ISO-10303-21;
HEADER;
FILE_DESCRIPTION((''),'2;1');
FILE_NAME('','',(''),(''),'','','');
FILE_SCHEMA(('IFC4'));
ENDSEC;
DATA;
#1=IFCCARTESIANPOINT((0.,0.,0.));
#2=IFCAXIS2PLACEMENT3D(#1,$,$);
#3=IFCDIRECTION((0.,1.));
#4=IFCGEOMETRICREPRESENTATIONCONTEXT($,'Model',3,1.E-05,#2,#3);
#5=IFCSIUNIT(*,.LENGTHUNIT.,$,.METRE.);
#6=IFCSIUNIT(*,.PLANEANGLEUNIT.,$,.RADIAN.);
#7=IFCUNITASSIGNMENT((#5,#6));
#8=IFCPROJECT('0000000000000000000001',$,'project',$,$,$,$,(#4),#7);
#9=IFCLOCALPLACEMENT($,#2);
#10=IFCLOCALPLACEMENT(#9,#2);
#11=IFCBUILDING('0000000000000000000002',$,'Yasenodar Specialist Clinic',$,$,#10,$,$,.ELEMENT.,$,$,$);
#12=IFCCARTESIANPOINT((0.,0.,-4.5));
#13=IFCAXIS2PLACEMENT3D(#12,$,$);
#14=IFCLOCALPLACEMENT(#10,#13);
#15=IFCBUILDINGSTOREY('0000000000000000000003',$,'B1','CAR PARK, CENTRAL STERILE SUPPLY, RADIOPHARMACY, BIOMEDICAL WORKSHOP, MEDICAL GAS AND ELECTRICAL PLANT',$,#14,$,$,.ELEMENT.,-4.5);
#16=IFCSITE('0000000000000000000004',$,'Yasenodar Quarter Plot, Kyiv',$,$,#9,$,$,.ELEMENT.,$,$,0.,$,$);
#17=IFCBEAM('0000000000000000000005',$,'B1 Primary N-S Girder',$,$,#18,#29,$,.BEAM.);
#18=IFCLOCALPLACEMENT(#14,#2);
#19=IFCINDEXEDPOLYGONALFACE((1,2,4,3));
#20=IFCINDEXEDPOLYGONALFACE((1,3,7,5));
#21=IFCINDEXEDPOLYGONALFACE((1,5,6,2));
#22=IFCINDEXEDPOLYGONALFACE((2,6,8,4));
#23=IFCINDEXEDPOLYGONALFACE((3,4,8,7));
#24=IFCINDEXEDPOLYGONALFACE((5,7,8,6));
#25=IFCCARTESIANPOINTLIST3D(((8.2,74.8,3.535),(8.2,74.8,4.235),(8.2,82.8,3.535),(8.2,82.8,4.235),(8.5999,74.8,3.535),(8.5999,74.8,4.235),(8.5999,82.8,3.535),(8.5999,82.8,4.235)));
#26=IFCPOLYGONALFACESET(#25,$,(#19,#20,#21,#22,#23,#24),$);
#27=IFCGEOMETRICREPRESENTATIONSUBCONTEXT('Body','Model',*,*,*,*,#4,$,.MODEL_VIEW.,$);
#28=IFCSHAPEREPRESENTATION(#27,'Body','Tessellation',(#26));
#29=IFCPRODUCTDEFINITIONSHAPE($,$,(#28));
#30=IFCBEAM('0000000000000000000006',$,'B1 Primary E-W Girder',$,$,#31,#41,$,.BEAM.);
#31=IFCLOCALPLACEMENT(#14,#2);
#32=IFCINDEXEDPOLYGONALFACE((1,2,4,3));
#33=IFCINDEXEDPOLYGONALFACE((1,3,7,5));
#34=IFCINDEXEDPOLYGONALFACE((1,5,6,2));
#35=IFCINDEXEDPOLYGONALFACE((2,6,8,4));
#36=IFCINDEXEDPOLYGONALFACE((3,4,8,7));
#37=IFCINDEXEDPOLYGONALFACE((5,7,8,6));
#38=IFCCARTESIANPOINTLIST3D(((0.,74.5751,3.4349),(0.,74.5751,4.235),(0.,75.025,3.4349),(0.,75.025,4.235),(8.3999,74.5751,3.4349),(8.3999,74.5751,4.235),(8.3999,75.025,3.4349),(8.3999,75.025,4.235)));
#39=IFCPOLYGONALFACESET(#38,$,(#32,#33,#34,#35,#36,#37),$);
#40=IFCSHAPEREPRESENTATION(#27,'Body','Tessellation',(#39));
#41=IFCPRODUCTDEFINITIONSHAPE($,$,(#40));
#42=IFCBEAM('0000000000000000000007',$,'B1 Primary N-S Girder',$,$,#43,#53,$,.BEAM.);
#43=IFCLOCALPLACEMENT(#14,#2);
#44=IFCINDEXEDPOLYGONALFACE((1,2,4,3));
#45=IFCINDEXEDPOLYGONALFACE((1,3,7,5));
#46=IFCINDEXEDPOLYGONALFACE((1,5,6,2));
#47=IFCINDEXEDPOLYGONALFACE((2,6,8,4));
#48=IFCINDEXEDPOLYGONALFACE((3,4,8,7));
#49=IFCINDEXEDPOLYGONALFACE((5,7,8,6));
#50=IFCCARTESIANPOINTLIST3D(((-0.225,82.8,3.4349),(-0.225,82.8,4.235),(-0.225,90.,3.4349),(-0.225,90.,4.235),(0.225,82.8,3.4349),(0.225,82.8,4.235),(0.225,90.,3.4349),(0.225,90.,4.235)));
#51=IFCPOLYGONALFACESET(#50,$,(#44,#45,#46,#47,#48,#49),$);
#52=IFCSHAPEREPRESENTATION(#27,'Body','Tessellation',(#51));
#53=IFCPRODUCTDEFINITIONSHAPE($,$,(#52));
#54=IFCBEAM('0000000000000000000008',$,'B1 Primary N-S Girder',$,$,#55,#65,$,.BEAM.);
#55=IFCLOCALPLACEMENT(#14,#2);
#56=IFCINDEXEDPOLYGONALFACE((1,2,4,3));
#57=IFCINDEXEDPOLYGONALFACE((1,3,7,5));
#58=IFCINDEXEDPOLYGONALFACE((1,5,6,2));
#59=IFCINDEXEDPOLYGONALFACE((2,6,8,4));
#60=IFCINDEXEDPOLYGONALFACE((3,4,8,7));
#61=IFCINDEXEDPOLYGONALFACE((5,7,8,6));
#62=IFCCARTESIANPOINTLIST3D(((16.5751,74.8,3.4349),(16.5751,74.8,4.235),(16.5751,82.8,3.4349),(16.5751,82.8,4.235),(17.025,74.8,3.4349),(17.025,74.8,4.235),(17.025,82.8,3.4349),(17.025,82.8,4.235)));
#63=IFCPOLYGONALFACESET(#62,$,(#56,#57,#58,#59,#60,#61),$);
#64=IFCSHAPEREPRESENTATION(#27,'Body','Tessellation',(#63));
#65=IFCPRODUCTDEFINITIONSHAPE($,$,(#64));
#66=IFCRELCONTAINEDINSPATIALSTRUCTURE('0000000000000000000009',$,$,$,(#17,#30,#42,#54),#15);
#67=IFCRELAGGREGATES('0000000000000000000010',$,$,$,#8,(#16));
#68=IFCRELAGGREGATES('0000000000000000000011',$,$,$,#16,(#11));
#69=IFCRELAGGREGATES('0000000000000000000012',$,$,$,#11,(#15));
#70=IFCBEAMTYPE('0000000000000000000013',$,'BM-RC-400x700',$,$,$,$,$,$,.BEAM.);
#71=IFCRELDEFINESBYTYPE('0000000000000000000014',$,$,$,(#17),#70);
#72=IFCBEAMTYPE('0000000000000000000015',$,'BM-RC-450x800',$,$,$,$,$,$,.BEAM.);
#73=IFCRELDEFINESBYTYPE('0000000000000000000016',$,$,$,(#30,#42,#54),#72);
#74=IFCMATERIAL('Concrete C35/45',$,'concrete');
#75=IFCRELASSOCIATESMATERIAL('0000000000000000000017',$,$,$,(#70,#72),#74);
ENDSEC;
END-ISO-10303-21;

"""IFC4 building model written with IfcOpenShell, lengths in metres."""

from ifc_helpers import new_model, si_unit, direction, frame, origin, origin_2d, place, context, subcontext, project, spatial, rectangle, extrude, material, material_profile, profile_set, type_object, element, save


model = new_model("IFC4")

# Units and contexts
model_context = context("Model", 3, precision=1e-05, world=origin(), true_north=direction((0.0, 1.0)))
body_context = subcontext(model_context, "Body", "Model", "MODEL_VIEW")
ifc_project = project(units=[si_unit("LENGTHUNIT", "METRE"), si_unit("PLANEANGLEUNIT", "RADIAN")], contexts=[model_context])

# Site, building, storey
site_placement = place(None, origin())
site = spatial("IfcSite", under=ifc_project, at=site_placement, Name="Yasenodar Quarter Plot, Kyiv", CompositionType="ELEMENT", RefElevation=0.0)
building_placement = place(site_placement, origin())
building = spatial("IfcBuilding", under=site, at=building_placement, Name="Yasenodar Specialist Clinic", CompositionType="ELEMENT")
storey_placement = place(building_placement, frame((0.0, 0.0, -4.5)))
storey = spatial("IfcBuildingStorey", under=building, at=storey_placement, Name="B1", Description="CAR PARK, CENTRAL STERILE SUPPLY, RADIOPHARMACY, BIOMEDICAL WORKSHOP, MEDICAL GAS AND ELECTRICAL PLANT", CompositionType="ELEMENT", Elevation=-4.5)

# Shared definitions
ifc_material_1 = material(Name="Concrete C35/45", Category="concrete")

# Beams
ifc_material_profile_1 = material_profile(ifc_material_1, rectangle(XDim=0.3999, YDim=0.7, at=origin_2d()), Name="RC 400x700")
ifc_profile_set_1 = profile_set([ifc_material_profile_1], Name="Concrete C35/45")
beam_type_1 = type_object("IfcBeamType", Name="BM-RC-400x700", PredefinedType="BEAM", material=ifc_profile_set_1)
beam_1_placement = place(storey_placement, frame((8.3999, 74.8, 3.885), z_axis=(0.0, 1.0, 0.0), x_axis=(-1.0, 0.0, 0.0)))
element("IfcBeam", 1, at=beam_1_placement, inside=storey, type_object=beam_type_1, Name="B1 Primary N-S Girder", PredefinedType="BEAM", context=body_context, shape_type="SweptSolid", body=[
    extrude(rectangle(XDim=0.3999, YDim=0.7, at=origin_2d()), origin(), (0.0, 0.0, 1.0), 8.0),
])
ifc_material_profile_2 = material_profile(ifc_material_1, rectangle(XDim=0.45, YDim=0.8, at=origin_2d()), Name="RC 450x800")
ifc_profile_set_2 = profile_set([ifc_material_profile_2], Name="Concrete C35/45")
beam_type_2 = type_object("IfcBeamType", Name="BM-RC-450x800", PredefinedType="BEAM", material=ifc_profile_set_2)
beam_2_placement = place(storey_placement, frame((0.0, 74.8, 3.835), z_axis=(1.0, 0.0, 0.0), x_axis=(0.0, 1.0, 0.0)))
element("IfcBeam", 2, at=beam_2_placement, inside=storey, type_object=beam_type_2, Name="B1 Primary E-W Girder", PredefinedType="BEAM", context=body_context, shape_type="SweptSolid", body=[
    extrude(rectangle(XDim=0.45, YDim=0.8, at=origin_2d()), origin(), (0.0, 0.0, 1.0), 8.3999),
])
beam_3_placement = place(storey_placement, frame((0.0, 82.8, 3.835), z_axis=(0.0, 1.0, 0.0), x_axis=(-1.0, 0.0, 0.0)))
element("IfcBeam", 3, at=beam_3_placement, inside=storey, type_object=beam_type_2, Name="B1 Primary N-S Girder", PredefinedType="BEAM", context=body_context, shape_type="SweptSolid", body=[
    extrude(rectangle(XDim=0.45, YDim=0.8, at=origin_2d()), origin(), (0.0, 0.0, 1.0), 7.2),
])
beam_4_placement = place(storey_placement, frame((16.8, 74.8, 3.835), z_axis=(0.0, 1.0, 0.0), x_axis=(-1.0, 0.0, 0.0)))
element("IfcBeam", 4, at=beam_4_placement, inside=storey, type_object=beam_type_2, Name="B1 Primary N-S Girder", PredefinedType="BEAM", context=body_context, shape_type="SweptSolid", body=[
    extrude(rectangle(XDim=0.45, YDim=0.8, at=origin_2d()), origin(), (0.0, 0.0, 1.0), 8.0),
])

save(model, "model.ifc")
